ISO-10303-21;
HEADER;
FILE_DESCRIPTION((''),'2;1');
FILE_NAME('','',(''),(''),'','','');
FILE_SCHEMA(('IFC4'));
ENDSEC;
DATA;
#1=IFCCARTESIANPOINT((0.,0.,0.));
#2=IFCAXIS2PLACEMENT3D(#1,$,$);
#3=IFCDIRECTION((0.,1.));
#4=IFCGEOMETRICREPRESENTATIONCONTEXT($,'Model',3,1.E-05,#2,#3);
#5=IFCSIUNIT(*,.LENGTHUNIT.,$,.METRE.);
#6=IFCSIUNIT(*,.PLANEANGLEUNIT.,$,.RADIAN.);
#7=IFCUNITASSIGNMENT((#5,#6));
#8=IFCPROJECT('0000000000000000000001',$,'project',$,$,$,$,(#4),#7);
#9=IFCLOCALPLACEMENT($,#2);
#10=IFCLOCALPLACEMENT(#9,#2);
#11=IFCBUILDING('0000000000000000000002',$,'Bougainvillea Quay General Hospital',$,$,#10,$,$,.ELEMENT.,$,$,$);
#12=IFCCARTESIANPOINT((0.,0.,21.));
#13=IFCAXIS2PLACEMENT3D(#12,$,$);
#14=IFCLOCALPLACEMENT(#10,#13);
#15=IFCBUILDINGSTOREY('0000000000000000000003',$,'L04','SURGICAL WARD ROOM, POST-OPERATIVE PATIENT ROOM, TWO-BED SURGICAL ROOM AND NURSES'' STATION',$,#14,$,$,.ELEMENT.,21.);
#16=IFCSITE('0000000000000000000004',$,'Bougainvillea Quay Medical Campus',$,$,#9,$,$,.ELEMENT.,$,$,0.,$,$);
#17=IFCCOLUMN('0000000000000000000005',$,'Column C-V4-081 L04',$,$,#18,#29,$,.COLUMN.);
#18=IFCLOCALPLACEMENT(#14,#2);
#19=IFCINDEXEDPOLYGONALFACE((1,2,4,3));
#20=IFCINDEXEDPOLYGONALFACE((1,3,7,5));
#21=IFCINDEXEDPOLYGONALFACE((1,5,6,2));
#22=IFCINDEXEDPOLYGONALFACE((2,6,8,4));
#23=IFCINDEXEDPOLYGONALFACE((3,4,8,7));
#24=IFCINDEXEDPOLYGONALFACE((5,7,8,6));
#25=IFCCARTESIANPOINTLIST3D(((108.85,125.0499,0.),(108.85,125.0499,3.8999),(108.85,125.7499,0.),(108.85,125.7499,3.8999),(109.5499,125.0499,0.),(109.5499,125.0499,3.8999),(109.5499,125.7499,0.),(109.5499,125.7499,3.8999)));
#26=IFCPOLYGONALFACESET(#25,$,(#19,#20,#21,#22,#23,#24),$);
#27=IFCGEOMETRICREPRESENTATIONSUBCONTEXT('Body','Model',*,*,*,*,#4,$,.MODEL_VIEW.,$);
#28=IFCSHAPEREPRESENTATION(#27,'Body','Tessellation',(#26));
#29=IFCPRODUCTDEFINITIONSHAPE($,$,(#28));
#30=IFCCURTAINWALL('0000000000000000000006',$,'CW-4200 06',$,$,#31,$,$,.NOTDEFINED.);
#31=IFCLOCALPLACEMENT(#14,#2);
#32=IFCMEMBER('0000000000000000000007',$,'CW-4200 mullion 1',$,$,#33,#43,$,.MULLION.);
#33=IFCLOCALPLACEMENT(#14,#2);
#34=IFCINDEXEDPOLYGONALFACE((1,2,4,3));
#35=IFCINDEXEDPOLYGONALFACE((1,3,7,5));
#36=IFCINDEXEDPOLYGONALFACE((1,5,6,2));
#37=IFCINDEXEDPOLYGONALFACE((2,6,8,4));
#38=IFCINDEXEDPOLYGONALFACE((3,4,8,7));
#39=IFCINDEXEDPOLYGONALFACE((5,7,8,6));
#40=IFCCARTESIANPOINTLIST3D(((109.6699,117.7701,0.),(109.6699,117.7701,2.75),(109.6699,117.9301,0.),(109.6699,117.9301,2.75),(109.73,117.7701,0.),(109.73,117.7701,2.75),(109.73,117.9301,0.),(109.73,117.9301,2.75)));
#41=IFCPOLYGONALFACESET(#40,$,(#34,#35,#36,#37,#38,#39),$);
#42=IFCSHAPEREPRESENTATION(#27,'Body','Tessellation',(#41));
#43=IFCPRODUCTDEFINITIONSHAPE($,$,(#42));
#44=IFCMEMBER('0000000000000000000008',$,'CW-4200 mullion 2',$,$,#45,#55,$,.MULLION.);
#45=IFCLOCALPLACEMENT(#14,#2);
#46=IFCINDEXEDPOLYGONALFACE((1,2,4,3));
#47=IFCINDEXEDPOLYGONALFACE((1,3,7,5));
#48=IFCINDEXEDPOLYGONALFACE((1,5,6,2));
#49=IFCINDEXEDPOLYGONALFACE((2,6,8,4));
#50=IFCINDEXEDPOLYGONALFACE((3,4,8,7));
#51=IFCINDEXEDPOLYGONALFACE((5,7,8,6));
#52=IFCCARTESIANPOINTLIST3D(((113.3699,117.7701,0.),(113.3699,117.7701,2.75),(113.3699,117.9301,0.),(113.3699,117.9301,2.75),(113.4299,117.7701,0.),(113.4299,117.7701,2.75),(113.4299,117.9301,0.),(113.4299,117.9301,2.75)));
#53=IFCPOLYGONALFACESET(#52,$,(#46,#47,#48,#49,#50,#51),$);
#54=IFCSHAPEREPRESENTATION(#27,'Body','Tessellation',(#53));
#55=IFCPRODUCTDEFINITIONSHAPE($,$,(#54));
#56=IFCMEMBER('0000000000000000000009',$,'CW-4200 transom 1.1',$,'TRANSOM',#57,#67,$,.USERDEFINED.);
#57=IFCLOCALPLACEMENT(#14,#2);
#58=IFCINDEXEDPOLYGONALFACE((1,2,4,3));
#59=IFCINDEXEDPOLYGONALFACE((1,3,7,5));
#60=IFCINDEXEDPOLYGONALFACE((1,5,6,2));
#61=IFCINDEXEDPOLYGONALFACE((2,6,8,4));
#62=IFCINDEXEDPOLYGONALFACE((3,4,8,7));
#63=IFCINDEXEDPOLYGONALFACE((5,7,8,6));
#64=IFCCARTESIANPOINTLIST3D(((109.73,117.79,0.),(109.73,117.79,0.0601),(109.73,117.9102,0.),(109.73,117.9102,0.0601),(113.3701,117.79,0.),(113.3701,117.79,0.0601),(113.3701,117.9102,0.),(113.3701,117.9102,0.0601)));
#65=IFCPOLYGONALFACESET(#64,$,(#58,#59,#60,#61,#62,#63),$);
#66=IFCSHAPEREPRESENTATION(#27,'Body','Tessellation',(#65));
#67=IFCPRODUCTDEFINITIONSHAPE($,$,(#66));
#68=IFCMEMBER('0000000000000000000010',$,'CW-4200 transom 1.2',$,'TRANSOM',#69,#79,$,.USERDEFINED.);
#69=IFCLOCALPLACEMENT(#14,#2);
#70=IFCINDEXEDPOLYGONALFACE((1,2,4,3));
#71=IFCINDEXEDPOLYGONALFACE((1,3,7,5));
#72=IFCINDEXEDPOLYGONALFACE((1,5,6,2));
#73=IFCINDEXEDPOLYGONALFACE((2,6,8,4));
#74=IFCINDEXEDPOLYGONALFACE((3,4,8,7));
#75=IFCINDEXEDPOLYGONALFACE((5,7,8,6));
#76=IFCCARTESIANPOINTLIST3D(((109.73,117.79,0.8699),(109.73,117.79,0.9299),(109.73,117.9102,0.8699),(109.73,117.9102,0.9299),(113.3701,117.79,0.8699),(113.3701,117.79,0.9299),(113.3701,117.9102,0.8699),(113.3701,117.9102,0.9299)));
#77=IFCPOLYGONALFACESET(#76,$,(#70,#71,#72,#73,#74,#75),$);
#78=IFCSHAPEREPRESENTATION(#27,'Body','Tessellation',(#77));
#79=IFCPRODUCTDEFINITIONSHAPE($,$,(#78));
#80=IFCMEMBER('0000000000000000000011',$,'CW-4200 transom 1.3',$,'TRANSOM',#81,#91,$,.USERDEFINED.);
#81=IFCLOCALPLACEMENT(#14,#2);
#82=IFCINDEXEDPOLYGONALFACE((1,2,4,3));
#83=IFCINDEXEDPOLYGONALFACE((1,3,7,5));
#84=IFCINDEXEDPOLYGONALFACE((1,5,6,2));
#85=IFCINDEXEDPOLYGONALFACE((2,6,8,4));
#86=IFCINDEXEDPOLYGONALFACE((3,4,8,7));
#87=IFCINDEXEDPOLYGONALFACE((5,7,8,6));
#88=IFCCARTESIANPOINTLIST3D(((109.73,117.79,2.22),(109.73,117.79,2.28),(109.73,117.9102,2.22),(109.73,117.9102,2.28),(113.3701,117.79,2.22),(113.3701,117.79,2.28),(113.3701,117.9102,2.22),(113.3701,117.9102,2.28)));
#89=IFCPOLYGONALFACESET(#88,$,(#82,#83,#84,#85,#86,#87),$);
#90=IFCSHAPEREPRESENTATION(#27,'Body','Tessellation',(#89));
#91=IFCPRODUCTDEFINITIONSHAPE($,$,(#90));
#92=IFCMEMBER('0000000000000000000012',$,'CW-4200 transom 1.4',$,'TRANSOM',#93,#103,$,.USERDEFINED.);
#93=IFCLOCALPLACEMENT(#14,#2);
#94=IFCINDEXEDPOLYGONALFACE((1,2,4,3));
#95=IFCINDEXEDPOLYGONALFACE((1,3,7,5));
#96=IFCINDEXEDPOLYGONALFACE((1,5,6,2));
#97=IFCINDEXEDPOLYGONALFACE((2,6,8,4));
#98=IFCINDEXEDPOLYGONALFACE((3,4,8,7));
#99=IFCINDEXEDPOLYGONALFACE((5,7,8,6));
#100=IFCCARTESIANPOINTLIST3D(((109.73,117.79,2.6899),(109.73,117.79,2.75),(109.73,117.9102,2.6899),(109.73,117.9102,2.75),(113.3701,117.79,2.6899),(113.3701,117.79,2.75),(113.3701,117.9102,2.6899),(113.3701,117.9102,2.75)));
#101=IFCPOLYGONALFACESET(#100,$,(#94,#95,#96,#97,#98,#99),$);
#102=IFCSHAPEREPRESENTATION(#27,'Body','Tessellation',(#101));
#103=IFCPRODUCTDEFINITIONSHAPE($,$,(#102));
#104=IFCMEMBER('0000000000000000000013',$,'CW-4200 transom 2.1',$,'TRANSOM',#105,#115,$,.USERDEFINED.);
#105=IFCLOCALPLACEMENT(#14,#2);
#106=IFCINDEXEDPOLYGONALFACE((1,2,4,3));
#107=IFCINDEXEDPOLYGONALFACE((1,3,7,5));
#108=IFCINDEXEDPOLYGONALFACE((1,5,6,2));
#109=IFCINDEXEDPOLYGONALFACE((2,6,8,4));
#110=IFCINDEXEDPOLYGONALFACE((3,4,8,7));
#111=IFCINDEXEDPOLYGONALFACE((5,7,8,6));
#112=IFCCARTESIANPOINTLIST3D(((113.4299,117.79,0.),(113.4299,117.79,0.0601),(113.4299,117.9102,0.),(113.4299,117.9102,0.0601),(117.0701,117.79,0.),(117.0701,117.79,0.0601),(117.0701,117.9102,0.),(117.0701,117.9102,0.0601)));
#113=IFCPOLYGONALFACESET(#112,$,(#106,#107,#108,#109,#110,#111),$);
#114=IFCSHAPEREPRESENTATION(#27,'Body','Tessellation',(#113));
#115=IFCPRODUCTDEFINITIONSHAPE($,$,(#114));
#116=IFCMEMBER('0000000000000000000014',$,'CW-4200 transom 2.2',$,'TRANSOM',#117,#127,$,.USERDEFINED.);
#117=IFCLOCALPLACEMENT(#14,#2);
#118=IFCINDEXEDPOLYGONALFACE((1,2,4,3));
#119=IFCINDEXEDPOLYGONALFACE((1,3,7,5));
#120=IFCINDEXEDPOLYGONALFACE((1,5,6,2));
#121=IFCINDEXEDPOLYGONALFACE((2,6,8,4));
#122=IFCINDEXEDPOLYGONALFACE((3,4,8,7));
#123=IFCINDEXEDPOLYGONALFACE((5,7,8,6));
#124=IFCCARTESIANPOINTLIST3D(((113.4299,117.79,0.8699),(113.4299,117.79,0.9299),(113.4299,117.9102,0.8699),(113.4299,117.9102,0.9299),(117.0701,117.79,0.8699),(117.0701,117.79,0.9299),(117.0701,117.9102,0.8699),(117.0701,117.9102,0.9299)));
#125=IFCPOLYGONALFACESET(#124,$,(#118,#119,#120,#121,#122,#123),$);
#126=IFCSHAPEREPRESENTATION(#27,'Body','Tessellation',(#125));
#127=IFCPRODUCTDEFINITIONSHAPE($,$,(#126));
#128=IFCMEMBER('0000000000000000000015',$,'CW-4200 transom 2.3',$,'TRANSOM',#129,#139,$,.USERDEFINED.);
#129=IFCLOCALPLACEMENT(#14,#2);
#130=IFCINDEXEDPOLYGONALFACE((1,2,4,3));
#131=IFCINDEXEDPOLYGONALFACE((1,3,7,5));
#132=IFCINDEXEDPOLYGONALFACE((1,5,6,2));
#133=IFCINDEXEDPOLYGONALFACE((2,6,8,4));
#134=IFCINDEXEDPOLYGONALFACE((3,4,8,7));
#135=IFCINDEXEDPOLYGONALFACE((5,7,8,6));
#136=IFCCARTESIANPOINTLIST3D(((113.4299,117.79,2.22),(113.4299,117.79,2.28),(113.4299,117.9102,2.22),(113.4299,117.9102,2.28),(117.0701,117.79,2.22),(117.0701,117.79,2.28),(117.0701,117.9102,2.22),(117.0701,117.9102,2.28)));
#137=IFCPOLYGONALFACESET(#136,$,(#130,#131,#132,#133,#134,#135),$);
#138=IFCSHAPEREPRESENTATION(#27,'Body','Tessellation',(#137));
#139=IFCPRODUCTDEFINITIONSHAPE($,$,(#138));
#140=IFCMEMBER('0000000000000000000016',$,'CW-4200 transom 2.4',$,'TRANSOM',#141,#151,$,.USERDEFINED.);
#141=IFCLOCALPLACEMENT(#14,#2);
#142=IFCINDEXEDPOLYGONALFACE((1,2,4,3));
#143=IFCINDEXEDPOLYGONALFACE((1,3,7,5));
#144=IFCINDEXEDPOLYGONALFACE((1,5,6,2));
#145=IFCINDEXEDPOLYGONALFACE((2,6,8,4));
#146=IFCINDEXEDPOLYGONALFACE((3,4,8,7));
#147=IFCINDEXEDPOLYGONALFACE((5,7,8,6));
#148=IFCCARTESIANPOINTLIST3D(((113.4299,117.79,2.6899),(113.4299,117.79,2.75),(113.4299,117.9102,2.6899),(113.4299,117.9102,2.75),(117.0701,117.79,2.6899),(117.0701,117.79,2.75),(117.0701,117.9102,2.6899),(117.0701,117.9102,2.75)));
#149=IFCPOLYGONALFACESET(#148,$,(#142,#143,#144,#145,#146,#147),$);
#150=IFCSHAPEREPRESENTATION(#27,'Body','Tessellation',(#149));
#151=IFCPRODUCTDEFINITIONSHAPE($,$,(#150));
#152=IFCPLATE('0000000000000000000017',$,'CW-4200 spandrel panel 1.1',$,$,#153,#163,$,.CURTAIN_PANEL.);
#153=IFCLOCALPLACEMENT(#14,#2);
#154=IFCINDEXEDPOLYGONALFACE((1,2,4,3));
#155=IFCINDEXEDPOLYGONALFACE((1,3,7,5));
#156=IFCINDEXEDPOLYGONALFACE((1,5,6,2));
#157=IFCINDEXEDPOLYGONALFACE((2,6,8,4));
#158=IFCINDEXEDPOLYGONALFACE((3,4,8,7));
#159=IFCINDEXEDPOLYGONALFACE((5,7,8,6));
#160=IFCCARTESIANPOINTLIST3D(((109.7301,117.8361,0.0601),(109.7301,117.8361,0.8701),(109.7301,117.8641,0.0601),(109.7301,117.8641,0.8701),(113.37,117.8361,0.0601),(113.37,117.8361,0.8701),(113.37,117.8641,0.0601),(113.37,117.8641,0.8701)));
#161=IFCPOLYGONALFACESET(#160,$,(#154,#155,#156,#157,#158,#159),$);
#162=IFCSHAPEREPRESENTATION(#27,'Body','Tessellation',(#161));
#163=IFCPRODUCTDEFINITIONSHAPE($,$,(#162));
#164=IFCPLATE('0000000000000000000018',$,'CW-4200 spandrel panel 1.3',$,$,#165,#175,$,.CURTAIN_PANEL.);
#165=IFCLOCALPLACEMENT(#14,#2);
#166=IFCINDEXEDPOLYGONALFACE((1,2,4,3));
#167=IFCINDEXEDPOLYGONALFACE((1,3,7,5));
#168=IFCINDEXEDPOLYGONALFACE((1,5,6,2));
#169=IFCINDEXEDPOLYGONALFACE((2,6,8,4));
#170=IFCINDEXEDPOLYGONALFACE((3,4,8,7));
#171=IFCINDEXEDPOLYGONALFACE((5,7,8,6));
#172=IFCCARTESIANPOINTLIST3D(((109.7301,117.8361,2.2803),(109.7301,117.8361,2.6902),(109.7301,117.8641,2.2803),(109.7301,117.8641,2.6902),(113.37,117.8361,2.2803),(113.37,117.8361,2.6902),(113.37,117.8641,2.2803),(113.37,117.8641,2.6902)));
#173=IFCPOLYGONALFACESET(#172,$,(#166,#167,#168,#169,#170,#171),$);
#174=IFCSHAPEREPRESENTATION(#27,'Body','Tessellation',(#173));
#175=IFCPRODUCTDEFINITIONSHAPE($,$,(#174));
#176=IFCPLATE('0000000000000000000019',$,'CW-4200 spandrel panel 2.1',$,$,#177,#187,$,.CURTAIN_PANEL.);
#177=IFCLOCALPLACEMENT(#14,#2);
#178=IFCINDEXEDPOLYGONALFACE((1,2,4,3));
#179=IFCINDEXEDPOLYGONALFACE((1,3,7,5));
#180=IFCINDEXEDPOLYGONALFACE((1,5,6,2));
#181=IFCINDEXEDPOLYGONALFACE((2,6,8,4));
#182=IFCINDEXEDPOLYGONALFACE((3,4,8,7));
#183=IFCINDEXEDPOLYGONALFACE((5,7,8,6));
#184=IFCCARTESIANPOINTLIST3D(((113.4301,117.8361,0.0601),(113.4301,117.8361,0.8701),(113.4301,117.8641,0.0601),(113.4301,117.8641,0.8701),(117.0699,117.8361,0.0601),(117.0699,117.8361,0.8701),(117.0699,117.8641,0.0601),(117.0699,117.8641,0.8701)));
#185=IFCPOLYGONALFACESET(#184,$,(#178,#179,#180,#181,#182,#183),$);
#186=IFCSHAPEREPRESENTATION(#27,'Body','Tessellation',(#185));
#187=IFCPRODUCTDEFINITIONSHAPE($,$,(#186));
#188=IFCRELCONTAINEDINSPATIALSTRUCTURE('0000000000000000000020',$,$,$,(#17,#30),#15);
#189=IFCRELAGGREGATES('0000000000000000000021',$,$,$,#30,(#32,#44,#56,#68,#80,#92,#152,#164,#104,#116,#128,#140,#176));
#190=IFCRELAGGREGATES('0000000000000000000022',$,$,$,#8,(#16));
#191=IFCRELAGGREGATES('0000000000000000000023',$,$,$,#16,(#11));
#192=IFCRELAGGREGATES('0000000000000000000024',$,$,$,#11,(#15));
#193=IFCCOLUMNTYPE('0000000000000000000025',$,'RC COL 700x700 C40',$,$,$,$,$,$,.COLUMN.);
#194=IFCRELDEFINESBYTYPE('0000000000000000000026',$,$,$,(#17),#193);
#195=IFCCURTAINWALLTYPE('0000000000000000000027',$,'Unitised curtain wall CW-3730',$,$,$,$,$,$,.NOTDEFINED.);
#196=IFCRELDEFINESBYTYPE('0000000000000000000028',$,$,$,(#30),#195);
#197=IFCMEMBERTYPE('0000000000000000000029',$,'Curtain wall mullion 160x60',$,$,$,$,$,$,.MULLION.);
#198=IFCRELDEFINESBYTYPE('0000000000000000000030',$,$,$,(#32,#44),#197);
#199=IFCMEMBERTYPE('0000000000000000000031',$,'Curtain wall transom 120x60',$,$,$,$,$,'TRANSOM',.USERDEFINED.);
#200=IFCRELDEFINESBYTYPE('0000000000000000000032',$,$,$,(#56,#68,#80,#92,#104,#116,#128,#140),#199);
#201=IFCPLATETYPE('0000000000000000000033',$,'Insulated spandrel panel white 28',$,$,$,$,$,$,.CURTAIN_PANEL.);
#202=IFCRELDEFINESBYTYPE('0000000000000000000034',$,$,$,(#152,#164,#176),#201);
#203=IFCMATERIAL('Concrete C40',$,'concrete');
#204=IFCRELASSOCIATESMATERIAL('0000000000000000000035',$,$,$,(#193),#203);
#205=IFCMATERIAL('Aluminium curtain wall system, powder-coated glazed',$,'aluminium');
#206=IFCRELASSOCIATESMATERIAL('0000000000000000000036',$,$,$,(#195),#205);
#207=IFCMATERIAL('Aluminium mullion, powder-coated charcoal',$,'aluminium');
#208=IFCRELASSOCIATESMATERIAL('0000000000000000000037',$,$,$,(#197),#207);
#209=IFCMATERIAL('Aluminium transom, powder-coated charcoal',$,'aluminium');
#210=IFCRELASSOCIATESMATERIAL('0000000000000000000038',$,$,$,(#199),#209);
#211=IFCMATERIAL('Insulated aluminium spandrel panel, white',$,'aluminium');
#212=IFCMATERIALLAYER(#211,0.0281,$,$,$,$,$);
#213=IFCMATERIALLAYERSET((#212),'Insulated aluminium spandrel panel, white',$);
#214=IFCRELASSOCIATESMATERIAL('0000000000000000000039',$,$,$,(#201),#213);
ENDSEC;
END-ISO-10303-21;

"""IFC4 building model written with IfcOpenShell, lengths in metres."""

from ifc_helpers import new_model, si_unit, direction, frame, origin, origin_2d, place, context, subcontext, project, spatial, rectangle, extrude, material, layer, layer_set, material_profile, profile_set, type_object, element, aggregate, save


model = new_model("IFC4")

# Units and contexts
model_context = context("Model", 3, precision=1e-05, world=origin(), true_north=direction((0.0, 1.0)))
body_context = subcontext(model_context, "Body", "Model", "MODEL_VIEW")
ifc_project = project(units=[si_unit("LENGTHUNIT", "METRE"), si_unit("PLANEANGLEUNIT", "RADIAN")], contexts=[model_context])

# Site, building, storey
site_placement = place(None, origin())
site = spatial("IfcSite", under=ifc_project, at=site_placement, Name="Bougainvillea Quay Medical Campus", CompositionType="ELEMENT", RefElevation=0.0)
building_placement = place(site_placement, origin())
building = spatial("IfcBuilding", under=site, at=building_placement, Name="Bougainvillea Quay General Hospital", CompositionType="ELEMENT")
storey_placement = place(building_placement, frame((0.0, 0.0, 21.0)))
storey = spatial("IfcBuildingStorey", under=building, at=storey_placement, Name="L04", Description="SURGICAL WARD ROOM, POST-OPERATIVE PATIENT ROOM, TWO-BED SURGICAL ROOM AND NURSES' STATION", CompositionType="ELEMENT", Elevation=21.0)

# Column
ifc_material_1 = material(Name="Concrete C40", Category="concrete")
ifc_material_profile_1 = material_profile(ifc_material_1, rectangle(XDim=0.7, YDim=0.7, at=origin_2d()))
ifc_profile_set_1 = profile_set([ifc_material_profile_1], Name="Concrete C40")
column_type = type_object("IfcColumnType", Name="RC COL 700x700 C40", PredefinedType="COLUMN", material=ifc_profile_set_1)
column_placement = place(storey_placement, frame((109.2, 125.3999, 0.0), z_axis=(0.0, 0.0, 1.0), x_axis=(1.0, 0.0, 0.0)))
element("IfcColumn", 1, at=column_placement, inside=storey, type_object=column_type, Name="Column C-V4-081 L04", PredefinedType="COLUMN", context=body_context, shape_type="SweptSolid", body=[
    extrude(rectangle(XDim=0.7, YDim=0.7, at=origin_2d()), origin(), (0.0, 0.0, 1.0), 3.8999),
])

# Curtain wall, members, plates
ifc_material_2 = material(Name="Aluminium curtain wall system, powder-coated glazed", Category="aluminium")
curtain_wall_type = type_object("IfcCurtainWallType", Name="Unitised curtain wall CW-3730", PredefinedType="NOTDEFINED", material=ifc_material_2)
curtain_wall_placement = place(storey_placement, origin())
curtain_wall = element("IfcCurtainWall", 2, at=curtain_wall_placement, inside=storey, type_object=curtain_wall_type, Name="CW-4200 06", PredefinedType="NOTDEFINED")
ifc_material_3 = material(Name="Aluminium mullion, powder-coated charcoal", Category="aluminium")
ifc_material_profile_2 = material_profile(ifc_material_3, rectangle(XDim=0.1599, YDim=0.0601, at=origin_2d()))
ifc_profile_set_2 = profile_set([ifc_material_profile_2], Name="Aluminium mullion, powder-coated charcoal")
member_type_1 = type_object("IfcMemberType", Name="Curtain wall mullion 160x60", PredefinedType="MULLION", material=ifc_profile_set_2)
member_1_placement = place(storey_placement, frame((109.7, 117.8501, 0.0), z_axis=(0.0, 0.0, 1.0), x_axis=(0.0, 1.0, 0.0)))
member_1 = element("IfcMember", 3, at=member_1_placement, type_object=member_type_1, Name="CW-4200 mullion 1", PredefinedType="MULLION", context=body_context, shape_type="SweptSolid", body=[
    extrude(rectangle(XDim=0.1599, YDim=0.0601, at=origin_2d()), origin(), (0.0, 0.0, 1.0), 2.75),
])
member_2_placement = place(storey_placement, frame((113.3999, 117.8501, 0.0), z_axis=(0.0, 0.0, 1.0), x_axis=(0.0, 1.0, 0.0)))
member_2 = element("IfcMember", 4, at=member_2_placement, type_object=member_type_1, Name="CW-4200 mullion 2", PredefinedType="MULLION", context=body_context, shape_type="SweptSolid", body=[
    extrude(rectangle(XDim=0.1599, YDim=0.0601, at=origin_2d()), origin(), (0.0, 0.0, 1.0), 2.75),
])
ifc_material_4 = material(Name="Aluminium transom, powder-coated charcoal", Category="aluminium")
ifc_material_profile_3 = material_profile(ifc_material_4, rectangle(XDim=0.1201, YDim=0.0601, at=origin_2d()))
ifc_profile_set_3 = profile_set([ifc_material_profile_3], Name="Aluminium transom, powder-coated charcoal")
member_type_2 = type_object("IfcMemberType", Name="Curtain wall transom 120x60", ElementType="TRANSOM", PredefinedType="USERDEFINED", material=ifc_profile_set_3)
member_3_placement = place(storey_placement, frame((109.73, 117.8501, 0.03), z_axis=(1.0, 0.0, 0.0), x_axis=(0.0, 1.0, 0.0)))
member_3 = element("IfcMember", 5, at=member_3_placement, type_object=member_type_2, Name="CW-4200 transom 1.1", ObjectType="TRANSOM", PredefinedType="USERDEFINED", context=body_context, shape_type="SweptSolid", body=[
    extrude(rectangle(XDim=0.1201, YDim=0.0601, at=origin_2d()), origin(), (0.0, 0.0, 1.0), 3.6401),
])
member_4_placement = place(storey_placement, frame((109.73, 117.8501, 0.8999), z_axis=(1.0, 0.0, 0.0), x_axis=(0.0, 1.0, 0.0)))
member_4 = element("IfcMember", 6, at=member_4_placement, type_object=member_type_2, Name="CW-4200 transom 1.2", ObjectType="TRANSOM", PredefinedType="USERDEFINED", context=body_context, shape_type="SweptSolid", body=[
    extrude(rectangle(XDim=0.1201, YDim=0.0601, at=origin_2d()), origin(), (0.0, 0.0, 1.0), 3.6401),
])
member_5_placement = place(storey_placement, frame((109.73, 117.8501, 2.25), z_axis=(1.0, 0.0, 0.0), x_axis=(0.0, 1.0, 0.0)))
member_5 = element("IfcMember", 7, at=member_5_placement, type_object=member_type_2, Name="CW-4200 transom 1.3", ObjectType="TRANSOM", PredefinedType="USERDEFINED", context=body_context, shape_type="SweptSolid", body=[
    extrude(rectangle(XDim=0.1201, YDim=0.0601, at=origin_2d()), origin(), (0.0, 0.0, 1.0), 3.6401),
])
member_6_placement = place(storey_placement, frame((109.73, 117.8501, 2.72), z_axis=(1.0, 0.0, 0.0), x_axis=(0.0, 1.0, 0.0)))
member_6 = element("IfcMember", 8, at=member_6_placement, type_object=member_type_2, Name="CW-4200 transom 1.4", ObjectType="TRANSOM", PredefinedType="USERDEFINED", context=body_context, shape_type="SweptSolid", body=[
    extrude(rectangle(XDim=0.1201, YDim=0.0601, at=origin_2d()), origin(), (0.0, 0.0, 1.0), 3.6401),
])
member_7_placement = place(storey_placement, frame((113.4299, 117.8501, 0.03), z_axis=(1.0, 0.0, 0.0), x_axis=(0.0, 1.0, 0.0)))
member_7 = element("IfcMember", 9, at=member_7_placement, type_object=member_type_2, Name="CW-4200 transom 2.1", ObjectType="TRANSOM", PredefinedType="USERDEFINED", context=body_context, shape_type="SweptSolid", body=[
    extrude(rectangle(XDim=0.1201, YDim=0.0601, at=origin_2d()), origin(), (0.0, 0.0, 1.0), 3.6401),
])
member_8_placement = place(storey_placement, frame((113.4299, 117.8501, 0.8999), z_axis=(1.0, 0.0, 0.0), x_axis=(0.0, 1.0, 0.0)))
member_8 = element("IfcMember", 10, at=member_8_placement, type_object=member_type_2, Name="CW-4200 transom 2.2", ObjectType="TRANSOM", PredefinedType="USERDEFINED", context=body_context, shape_type="SweptSolid", body=[
    extrude(rectangle(XDim=0.1201, YDim=0.0601, at=origin_2d()), origin(), (0.0, 0.0, 1.0), 3.6401),
])
member_9_placement = place(storey_placement, frame((113.4299, 117.8501, 2.25), z_axis=(1.0, 0.0, 0.0), x_axis=(0.0, 1.0, 0.0)))
member_9 = element("IfcMember", 11, at=member_9_placement, type_object=member_type_2, Name="CW-4200 transom 2.3", ObjectType="TRANSOM", PredefinedType="USERDEFINED", context=body_context, shape_type="SweptSolid", body=[
    extrude(rectangle(XDim=0.1201, YDim=0.0601, at=origin_2d()), origin(), (0.0, 0.0, 1.0), 3.6401),
])
member_10_placement = place(storey_placement, frame((113.4299, 117.8501, 2.72), z_axis=(1.0, 0.0, 0.0), x_axis=(0.0, 1.0, 0.0)))
member_10 = element("IfcMember", 12, at=member_10_placement, type_object=member_type_2, Name="CW-4200 transom 2.4", ObjectType="TRANSOM", PredefinedType="USERDEFINED", context=body_context, shape_type="SweptSolid", body=[
    extrude(rectangle(XDim=0.1201, YDim=0.0601, at=origin_2d()), origin(), (0.0, 0.0, 1.0), 3.6401),
])
ifc_material_5 = material(Name="Insulated aluminium spandrel panel, white", Category="aluminium")
ifc_layer_1 = layer(ifc_material_5, 0.0281)
ifc_layer_set_1 = layer_set([ifc_layer_1], Name="Insulated aluminium spandrel panel, white")
plate_type_1 = type_object("IfcPlateType", Name="Insulated spandrel panel white 28", PredefinedType="CURTAIN_PANEL", material=ifc_layer_set_1)
plate_1_placement = place(storey_placement, frame((111.55, 117.8501, 0.0601), z_axis=(0.0, 0.0, 1.0), x_axis=(1.0, 0.0, 0.0)))
plate_1 = element("IfcPlate", 13, at=plate_1_placement, type_object=plate_type_1, Name="CW-4200 spandrel panel 1.1", PredefinedType="CURTAIN_PANEL", context=body_context, shape_type="SweptSolid", body=[
    extrude(rectangle(XDim=3.6399, YDim=0.0281, at=origin_2d()), origin(), (0.0, 0.0, 1.0), 0.8101),
])
plate_2_placement = place(storey_placement, frame((111.55, 117.8501, 2.2803), z_axis=(0.0, 0.0, 1.0), x_axis=(1.0, 0.0, 0.0)))
plate_2 = element("IfcPlate", 14, at=plate_2_placement, type_object=plate_type_1, Name="CW-4200 spandrel panel 1.3", PredefinedType="CURTAIN_PANEL", context=body_context, shape_type="SweptSolid", body=[
    extrude(rectangle(XDim=3.6399, YDim=0.0281, at=origin_2d()), origin(), (0.0, 0.0, 1.0), 0.4099),
])
plate_3_placement = place(storey_placement, frame((115.25, 117.8501, 0.0601), z_axis=(0.0, 0.0, 1.0), x_axis=(1.0, 0.0, 0.0)))
plate_3 = element("IfcPlate", 15, at=plate_3_placement, type_object=plate_type_1, Name="CW-4200 spandrel panel 2.1", PredefinedType="CURTAIN_PANEL", context=body_context, shape_type="SweptSolid", body=[
    extrude(rectangle(XDim=3.6399, YDim=0.0281, at=origin_2d()), origin(), (0.0, 0.0, 1.0), 0.8101),
])
aggregate(curtain_wall, [member_1, member_2, member_3, member_4, member_5, member_6, plate_1, plate_2, member_7, member_8, member_9, member_10, plate_3])

save(model, "model.ifc")
